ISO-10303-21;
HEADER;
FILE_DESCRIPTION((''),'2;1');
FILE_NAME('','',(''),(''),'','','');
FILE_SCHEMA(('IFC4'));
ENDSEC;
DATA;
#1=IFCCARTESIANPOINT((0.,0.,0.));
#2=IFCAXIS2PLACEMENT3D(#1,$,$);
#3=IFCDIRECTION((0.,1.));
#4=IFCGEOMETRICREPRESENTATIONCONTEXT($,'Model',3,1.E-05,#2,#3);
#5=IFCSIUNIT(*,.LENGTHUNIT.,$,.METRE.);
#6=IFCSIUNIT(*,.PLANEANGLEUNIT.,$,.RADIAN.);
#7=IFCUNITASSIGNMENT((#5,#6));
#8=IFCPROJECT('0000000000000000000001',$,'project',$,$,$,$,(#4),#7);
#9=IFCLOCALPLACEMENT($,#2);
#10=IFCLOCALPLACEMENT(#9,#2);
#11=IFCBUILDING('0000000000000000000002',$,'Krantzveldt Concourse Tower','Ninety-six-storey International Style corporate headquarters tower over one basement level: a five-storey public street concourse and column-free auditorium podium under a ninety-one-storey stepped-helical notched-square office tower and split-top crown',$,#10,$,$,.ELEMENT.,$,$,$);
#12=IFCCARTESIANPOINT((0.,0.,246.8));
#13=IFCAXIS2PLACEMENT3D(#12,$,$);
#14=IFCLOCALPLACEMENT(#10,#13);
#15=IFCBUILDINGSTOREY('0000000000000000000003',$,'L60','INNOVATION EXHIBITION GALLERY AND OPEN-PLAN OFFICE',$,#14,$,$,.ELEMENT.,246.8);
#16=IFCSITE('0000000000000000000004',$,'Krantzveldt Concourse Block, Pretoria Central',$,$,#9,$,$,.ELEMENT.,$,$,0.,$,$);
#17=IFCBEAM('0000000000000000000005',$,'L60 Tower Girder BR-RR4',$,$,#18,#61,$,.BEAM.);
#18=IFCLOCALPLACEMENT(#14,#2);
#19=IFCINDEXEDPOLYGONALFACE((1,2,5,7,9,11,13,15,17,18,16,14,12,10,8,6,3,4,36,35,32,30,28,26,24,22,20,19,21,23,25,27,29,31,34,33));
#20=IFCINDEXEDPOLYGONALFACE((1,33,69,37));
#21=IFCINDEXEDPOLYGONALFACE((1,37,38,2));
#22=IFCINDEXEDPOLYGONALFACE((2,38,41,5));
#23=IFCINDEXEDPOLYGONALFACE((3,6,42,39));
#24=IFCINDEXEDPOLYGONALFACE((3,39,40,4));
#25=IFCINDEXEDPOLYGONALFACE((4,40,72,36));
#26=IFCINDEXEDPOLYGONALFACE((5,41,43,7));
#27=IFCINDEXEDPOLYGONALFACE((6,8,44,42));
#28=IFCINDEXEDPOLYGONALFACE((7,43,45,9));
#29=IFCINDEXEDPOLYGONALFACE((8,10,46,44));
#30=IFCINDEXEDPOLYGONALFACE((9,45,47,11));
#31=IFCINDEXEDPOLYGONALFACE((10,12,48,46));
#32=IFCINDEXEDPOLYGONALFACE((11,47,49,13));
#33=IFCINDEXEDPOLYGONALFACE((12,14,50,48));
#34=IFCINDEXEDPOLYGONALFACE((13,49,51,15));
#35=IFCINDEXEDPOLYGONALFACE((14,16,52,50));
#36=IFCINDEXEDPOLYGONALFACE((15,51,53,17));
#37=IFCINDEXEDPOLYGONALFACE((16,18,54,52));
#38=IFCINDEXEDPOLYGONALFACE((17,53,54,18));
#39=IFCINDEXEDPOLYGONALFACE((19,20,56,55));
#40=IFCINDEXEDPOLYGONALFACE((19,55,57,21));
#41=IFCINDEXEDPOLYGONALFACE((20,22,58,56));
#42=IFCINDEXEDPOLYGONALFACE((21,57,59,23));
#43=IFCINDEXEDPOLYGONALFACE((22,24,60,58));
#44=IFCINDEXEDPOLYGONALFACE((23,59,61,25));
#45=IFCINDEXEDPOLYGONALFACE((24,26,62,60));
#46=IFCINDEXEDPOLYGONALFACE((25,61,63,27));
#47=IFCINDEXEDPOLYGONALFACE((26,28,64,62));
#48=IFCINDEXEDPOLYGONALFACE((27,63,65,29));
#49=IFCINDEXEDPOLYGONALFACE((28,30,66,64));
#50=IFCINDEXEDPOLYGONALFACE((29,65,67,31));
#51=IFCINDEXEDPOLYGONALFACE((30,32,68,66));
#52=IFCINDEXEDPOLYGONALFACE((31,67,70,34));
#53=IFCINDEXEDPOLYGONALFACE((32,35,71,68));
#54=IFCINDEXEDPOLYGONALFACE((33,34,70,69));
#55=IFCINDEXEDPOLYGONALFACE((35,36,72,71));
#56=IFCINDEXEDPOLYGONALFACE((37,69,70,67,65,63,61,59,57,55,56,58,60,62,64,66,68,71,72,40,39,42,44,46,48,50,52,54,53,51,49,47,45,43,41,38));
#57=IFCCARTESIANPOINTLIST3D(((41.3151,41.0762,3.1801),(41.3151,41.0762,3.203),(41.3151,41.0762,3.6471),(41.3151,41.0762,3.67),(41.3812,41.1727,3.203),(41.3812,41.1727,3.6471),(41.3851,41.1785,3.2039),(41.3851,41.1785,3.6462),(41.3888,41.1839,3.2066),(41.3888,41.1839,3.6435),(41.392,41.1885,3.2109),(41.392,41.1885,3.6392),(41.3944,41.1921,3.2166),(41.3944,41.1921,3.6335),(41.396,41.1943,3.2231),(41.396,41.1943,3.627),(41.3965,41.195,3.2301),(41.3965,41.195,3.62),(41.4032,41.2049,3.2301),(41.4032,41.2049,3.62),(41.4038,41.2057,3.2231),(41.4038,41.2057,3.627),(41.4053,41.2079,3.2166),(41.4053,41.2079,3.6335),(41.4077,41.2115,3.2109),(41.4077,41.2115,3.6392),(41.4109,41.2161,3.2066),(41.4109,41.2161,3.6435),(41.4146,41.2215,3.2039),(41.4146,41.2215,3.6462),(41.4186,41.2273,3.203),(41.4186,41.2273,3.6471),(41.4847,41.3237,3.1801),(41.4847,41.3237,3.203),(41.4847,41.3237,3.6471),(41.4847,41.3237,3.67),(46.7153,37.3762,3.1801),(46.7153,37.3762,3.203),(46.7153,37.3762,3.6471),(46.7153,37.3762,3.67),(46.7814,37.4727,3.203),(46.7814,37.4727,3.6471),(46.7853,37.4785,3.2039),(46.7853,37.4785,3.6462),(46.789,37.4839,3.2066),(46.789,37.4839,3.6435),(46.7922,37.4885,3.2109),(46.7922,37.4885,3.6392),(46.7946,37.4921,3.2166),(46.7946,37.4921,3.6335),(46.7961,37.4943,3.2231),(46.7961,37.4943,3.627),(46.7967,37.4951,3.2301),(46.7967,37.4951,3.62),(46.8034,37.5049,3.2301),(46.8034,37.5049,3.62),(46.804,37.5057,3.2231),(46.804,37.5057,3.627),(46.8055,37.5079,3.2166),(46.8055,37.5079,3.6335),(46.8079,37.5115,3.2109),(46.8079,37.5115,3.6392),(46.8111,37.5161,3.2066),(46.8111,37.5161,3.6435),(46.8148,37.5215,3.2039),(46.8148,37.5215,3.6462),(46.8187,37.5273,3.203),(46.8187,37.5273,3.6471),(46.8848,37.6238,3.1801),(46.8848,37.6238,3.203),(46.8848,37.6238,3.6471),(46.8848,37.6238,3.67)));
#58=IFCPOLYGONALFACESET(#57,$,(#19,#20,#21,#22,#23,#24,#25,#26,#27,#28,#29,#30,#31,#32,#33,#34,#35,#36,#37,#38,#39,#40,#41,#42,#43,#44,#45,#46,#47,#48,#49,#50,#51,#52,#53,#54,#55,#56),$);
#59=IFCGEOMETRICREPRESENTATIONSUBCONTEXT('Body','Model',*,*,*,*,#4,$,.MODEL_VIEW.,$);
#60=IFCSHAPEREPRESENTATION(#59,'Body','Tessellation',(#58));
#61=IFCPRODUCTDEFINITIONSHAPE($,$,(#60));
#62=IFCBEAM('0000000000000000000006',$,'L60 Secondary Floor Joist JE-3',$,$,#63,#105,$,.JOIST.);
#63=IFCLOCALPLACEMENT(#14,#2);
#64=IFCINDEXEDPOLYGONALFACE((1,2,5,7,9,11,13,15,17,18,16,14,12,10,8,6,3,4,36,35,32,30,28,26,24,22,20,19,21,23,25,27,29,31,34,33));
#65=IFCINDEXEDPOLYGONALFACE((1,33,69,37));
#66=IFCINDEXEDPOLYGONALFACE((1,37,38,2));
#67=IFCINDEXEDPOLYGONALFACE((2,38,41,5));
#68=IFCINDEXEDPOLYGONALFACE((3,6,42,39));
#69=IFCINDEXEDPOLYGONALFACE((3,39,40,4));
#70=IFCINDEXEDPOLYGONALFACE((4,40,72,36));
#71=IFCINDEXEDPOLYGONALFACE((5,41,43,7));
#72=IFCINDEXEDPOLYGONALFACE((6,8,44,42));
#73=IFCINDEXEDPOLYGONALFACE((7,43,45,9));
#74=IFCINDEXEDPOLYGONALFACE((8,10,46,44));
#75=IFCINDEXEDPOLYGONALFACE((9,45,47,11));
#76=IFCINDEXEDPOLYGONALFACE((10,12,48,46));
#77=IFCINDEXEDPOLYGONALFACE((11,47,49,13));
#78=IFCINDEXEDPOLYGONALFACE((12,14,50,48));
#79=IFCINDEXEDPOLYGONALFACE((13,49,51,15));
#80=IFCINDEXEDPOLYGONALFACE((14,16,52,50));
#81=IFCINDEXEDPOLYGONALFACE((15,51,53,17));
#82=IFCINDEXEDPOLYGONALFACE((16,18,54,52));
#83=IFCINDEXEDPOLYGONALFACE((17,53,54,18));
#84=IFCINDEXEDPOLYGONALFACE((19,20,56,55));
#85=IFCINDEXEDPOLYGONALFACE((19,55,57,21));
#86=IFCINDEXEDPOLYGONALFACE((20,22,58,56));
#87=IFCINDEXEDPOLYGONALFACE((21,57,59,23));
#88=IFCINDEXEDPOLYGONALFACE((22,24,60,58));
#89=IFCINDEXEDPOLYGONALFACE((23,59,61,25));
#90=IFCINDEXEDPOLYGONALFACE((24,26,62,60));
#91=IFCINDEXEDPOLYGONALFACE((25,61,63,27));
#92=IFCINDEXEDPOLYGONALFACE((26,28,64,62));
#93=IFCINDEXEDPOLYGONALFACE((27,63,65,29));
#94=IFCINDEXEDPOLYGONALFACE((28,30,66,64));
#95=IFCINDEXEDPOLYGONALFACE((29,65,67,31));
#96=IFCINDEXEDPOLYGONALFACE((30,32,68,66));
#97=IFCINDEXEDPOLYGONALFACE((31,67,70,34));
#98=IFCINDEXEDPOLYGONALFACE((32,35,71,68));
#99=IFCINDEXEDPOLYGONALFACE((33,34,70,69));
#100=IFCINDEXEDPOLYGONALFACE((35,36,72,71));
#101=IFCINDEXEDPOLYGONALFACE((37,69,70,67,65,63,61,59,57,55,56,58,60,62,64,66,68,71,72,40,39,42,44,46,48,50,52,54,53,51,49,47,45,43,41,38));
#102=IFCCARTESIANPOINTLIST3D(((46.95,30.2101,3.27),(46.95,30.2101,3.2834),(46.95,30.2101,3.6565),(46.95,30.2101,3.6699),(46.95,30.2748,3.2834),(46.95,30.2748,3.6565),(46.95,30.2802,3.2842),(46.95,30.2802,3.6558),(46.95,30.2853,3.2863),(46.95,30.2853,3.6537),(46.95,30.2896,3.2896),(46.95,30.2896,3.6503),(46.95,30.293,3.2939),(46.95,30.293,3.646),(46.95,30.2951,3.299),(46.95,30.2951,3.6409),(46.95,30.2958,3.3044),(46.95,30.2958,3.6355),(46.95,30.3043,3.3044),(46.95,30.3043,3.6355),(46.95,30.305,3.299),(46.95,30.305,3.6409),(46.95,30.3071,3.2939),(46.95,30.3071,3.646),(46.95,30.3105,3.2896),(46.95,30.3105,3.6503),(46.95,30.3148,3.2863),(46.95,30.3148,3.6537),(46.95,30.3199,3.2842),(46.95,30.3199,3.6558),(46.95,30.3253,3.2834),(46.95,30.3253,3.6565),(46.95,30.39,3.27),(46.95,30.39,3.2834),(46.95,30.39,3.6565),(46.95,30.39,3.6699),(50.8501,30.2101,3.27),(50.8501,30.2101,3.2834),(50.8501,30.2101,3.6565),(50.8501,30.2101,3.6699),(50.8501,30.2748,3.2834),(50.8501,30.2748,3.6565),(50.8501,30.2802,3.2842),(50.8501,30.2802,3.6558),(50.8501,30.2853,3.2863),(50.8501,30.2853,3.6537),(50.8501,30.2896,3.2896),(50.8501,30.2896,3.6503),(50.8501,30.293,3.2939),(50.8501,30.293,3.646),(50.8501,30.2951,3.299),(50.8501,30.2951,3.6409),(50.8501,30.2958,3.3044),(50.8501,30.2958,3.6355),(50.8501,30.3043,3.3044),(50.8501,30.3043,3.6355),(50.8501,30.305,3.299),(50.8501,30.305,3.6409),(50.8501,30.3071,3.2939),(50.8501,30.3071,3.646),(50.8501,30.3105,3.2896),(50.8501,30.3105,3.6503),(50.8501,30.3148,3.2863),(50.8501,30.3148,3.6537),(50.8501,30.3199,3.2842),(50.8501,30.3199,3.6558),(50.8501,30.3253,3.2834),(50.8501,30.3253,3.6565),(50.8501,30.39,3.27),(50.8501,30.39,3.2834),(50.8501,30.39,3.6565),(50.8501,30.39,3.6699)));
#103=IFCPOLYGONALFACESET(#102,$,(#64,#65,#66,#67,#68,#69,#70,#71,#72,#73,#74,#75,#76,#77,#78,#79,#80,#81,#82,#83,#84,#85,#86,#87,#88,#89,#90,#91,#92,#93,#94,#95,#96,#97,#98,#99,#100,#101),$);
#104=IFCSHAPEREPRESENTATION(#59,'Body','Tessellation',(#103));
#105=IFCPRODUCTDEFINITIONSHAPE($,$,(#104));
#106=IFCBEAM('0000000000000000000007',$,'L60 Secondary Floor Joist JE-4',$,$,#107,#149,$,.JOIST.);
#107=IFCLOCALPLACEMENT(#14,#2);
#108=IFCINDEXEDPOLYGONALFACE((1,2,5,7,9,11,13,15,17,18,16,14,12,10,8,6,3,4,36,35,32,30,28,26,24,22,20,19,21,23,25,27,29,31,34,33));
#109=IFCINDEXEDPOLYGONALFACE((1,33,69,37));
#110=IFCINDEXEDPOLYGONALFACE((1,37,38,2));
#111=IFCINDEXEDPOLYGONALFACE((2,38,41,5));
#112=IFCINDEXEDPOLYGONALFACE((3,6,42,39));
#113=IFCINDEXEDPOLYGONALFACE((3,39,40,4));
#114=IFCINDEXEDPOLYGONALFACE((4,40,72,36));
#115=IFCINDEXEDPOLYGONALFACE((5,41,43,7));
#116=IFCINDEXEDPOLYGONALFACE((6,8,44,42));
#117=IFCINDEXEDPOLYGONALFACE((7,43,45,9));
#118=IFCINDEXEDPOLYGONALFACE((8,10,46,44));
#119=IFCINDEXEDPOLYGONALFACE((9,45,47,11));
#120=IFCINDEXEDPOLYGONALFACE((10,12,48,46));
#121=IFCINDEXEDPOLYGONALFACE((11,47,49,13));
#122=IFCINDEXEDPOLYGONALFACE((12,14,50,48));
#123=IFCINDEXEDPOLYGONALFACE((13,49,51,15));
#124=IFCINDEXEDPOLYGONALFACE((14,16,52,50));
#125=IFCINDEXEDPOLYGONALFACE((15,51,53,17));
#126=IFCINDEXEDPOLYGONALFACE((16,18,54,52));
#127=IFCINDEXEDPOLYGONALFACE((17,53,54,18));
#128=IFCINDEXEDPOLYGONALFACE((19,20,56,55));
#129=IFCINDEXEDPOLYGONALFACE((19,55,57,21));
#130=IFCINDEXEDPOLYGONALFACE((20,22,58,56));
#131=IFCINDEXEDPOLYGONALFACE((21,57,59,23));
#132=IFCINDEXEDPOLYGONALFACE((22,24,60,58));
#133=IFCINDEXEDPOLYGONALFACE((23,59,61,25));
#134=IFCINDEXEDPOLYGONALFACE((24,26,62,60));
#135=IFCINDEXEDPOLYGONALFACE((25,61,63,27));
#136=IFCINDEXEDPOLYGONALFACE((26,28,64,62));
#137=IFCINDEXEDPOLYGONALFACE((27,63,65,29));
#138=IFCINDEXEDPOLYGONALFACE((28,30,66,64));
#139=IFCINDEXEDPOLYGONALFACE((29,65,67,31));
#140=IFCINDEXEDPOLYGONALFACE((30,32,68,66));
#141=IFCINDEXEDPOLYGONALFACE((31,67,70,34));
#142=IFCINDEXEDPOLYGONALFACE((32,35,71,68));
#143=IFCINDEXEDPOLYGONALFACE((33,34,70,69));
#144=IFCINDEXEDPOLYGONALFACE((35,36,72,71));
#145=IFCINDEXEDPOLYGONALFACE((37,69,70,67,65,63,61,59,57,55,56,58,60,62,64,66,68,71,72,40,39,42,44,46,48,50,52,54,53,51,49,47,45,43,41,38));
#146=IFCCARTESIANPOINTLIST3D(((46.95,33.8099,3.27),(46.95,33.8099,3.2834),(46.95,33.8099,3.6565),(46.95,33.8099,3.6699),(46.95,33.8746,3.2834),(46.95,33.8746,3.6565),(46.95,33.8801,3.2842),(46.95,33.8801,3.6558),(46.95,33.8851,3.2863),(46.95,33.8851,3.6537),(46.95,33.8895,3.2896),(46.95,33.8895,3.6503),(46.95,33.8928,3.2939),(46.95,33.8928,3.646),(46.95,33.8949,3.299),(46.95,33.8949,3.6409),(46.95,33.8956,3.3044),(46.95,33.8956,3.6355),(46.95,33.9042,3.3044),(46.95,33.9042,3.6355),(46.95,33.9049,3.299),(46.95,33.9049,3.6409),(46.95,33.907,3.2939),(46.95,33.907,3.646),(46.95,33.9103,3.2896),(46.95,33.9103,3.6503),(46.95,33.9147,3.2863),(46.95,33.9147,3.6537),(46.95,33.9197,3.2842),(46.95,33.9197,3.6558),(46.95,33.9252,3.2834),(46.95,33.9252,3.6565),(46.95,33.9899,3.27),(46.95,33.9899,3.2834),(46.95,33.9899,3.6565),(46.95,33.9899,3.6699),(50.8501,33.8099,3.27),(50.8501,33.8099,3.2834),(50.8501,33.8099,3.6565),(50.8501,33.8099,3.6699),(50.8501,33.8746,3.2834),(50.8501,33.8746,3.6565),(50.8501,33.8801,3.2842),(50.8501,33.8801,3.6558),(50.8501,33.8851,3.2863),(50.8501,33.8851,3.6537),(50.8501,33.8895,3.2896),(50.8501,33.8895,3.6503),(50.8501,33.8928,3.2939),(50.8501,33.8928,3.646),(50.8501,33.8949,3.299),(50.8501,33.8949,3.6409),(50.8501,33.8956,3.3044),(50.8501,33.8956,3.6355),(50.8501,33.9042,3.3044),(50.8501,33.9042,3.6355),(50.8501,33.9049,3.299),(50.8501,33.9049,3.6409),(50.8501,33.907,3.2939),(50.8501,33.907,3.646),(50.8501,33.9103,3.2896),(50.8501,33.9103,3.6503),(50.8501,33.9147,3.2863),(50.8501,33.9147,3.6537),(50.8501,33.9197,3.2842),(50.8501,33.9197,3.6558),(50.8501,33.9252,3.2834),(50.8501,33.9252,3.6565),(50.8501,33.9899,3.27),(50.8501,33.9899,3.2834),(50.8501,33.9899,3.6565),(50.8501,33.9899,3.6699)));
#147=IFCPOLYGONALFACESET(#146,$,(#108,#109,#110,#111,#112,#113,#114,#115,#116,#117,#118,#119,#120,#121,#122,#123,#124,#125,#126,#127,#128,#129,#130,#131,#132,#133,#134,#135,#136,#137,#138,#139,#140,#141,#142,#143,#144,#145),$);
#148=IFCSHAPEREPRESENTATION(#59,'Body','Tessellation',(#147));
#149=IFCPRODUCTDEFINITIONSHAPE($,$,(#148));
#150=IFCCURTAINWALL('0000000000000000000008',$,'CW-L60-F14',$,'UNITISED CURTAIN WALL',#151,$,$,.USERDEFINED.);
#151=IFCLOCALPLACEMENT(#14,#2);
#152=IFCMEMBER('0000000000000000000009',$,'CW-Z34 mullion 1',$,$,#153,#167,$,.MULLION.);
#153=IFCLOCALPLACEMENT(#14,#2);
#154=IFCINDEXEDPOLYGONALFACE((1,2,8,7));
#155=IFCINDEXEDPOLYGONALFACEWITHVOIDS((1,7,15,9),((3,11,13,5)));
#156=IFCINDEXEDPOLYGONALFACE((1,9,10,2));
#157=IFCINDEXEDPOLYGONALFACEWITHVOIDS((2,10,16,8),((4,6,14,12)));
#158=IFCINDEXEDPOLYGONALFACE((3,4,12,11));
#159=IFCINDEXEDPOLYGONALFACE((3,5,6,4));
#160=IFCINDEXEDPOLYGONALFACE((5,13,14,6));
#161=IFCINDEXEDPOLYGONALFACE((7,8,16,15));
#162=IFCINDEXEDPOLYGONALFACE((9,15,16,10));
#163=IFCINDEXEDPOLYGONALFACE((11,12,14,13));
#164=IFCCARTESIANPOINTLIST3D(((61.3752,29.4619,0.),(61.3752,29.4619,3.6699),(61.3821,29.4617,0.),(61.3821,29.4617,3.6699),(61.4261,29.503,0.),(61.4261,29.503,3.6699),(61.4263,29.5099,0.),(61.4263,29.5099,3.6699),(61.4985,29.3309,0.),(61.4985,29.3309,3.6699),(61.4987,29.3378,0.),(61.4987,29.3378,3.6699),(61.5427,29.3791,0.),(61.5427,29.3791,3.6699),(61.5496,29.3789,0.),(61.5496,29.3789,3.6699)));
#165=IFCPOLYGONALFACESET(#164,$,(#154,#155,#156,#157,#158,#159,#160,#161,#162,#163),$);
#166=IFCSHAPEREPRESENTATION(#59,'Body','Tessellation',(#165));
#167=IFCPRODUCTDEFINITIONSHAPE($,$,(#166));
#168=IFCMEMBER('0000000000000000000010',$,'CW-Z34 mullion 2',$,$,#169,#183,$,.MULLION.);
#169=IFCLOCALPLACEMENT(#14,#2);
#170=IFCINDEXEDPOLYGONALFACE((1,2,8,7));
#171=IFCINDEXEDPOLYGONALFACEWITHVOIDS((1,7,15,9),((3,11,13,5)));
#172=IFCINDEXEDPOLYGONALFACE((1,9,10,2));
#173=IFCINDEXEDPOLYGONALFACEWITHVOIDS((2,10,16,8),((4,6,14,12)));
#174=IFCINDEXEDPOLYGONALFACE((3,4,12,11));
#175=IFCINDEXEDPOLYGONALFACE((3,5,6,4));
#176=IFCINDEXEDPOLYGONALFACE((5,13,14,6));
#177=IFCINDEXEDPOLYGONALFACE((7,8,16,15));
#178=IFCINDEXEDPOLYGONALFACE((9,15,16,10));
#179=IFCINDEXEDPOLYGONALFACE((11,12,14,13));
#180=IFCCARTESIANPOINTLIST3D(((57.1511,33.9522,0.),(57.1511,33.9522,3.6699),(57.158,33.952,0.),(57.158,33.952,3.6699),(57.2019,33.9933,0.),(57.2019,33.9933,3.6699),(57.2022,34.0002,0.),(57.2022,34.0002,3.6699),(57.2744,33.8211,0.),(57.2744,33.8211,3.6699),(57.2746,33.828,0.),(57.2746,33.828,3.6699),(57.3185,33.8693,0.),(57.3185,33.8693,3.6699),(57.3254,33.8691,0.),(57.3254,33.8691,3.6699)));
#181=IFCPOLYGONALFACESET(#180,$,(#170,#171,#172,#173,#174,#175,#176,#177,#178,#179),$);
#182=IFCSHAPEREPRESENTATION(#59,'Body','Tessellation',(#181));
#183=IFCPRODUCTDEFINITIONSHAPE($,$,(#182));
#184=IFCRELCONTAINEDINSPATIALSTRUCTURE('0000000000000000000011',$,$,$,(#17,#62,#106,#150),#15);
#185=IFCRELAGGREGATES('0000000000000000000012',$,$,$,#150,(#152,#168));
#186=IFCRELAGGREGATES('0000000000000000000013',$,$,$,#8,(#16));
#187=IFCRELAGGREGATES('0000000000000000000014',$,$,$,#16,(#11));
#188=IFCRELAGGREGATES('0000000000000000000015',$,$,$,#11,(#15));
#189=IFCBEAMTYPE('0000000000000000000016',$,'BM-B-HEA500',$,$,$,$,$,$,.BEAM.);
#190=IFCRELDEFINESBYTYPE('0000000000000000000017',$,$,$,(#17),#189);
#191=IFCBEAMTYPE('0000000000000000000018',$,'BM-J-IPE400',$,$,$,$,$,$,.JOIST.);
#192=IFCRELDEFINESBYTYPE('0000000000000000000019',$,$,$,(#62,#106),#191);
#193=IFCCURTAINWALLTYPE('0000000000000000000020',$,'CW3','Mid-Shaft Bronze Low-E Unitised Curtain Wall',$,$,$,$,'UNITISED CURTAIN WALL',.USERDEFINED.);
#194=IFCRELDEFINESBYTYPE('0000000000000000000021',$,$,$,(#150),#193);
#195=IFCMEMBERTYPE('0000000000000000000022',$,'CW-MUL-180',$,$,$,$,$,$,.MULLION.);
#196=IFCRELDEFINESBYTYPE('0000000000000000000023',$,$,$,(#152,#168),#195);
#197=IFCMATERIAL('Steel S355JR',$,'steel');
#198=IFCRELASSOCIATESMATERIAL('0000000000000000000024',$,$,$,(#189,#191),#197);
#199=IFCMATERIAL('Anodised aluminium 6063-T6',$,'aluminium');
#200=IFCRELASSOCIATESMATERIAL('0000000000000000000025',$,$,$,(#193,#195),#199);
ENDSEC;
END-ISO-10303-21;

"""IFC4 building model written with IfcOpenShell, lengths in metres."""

from ifc_helpers import new_model, si_unit, direction, frame, origin, origin_2d, place, context, subcontext, project, spatial, hollow_rectangle, i_section, extrude, source, transform, mapped, material, material_profile, profile_set, type_object, type_shapes, element, aggregate, save


model = new_model("IFC4")

# Units and contexts
model_context = context("Model", 3, precision=1e-05, world=origin(), true_north=direction((0.0, 1.0)))
body_context = subcontext(model_context, "Body", "Model", "MODEL_VIEW")
ifc_project = project(units=[si_unit("LENGTHUNIT", "METRE"), si_unit("PLANEANGLEUNIT", "RADIAN")], contexts=[model_context])

# Site, building, storey
site_placement = place(None, origin())
site = spatial("IfcSite", under=ifc_project, at=site_placement, Name="Krantzveldt Concourse Block, Pretoria Central", CompositionType="ELEMENT", RefElevation=0.0)
building_placement = place(site_placement, origin())
building = spatial("IfcBuilding", under=site, at=building_placement, Name="Krantzveldt Concourse Tower", Description="Ninety-six-storey International Style corporate headquarters tower over one basement level: a five-storey public street concourse and column-free auditorium podium under a ninety-one-storey stepped-helical notched-square office tower and split-top crown", CompositionType="ELEMENT")
storey_placement = place(building_placement, frame((0.0, 0.0, 246.8)))
storey = spatial("IfcBuildingStorey", under=building, at=storey_placement, Name="L60", Description="INNOVATION EXHIBITION GALLERY AND OPEN-PLAN OFFICE", CompositionType="ELEMENT", Elevation=246.8)

# Beams
ifc_material_1 = material(Name="Steel S355JR", Category="steel")
ifc_material_profile_1 = material_profile(ifc_material_1, i_section(OverallWidth=0.3, OverallDepth=0.49, WebThickness=0.012, FlangeThickness=0.0229, FilletRadius=0.0271, at=origin_2d()), Name="Steel S355JR", Category="steel")
ifc_profile_set_1 = profile_set([ifc_material_profile_1], Name="Steel S355JR - HEA 500")
beam_type_1 = type_object("IfcBeamType", Name="BM-B-HEA500", PredefinedType="BEAM", material=ifc_profile_set_1)
shared_shape_1 = source(origin(), body_context, "Body", "SweptSolid", [
    extrude(i_section(OverallWidth=0.3, OverallDepth=0.49, WebThickness=0.012, FlangeThickness=0.0229, FilletRadius=0.0271, at=origin_2d()), origin(), (0.0, 0.0, 1.0), 6.5461),
])
beam_1_placement = place(storey_placement, frame((46.8, 37.5, 3.425), z_axis=(-0.824943, 0.565216, 0.0), x_axis=(-0.565216, -0.824943, 0.0)))
element("IfcBeam", 1, at=beam_1_placement, inside=storey, type_object=beam_type_1, Name="L60 Tower Girder BR-RR4", PredefinedType="BEAM", context=body_context, shape_type="MappedRepresentation", body=[
    mapped(shared_shape_1, transform((0.0, 0.0, 0.0), x_axis=(1.0, 0.0, 0.0), y_axis=(0.0, 1.0, 0.0), z_axis=(0.0, 0.0, 1.0), scale=1.0)),
])
ifc_material_profile_2 = material_profile(ifc_material_1, i_section(OverallWidth=0.1799, OverallDepth=0.3999, WebThickness=0.0085, FlangeThickness=0.0134, FilletRadius=0.021, at=origin_2d()), Name="Steel S355JR", Category="steel")
ifc_profile_set_2 = profile_set([ifc_material_profile_2], Name="Steel S355JR - IPE 400")
beam_type_2 = type_object("IfcBeamType", Name="BM-J-IPE400", PredefinedType="JOIST", material=ifc_profile_set_2)
shared_shape_2 = source(origin(), body_context, "Body", "SweptSolid", [
    extrude(i_section(OverallWidth=0.1799, OverallDepth=0.3999, WebThickness=0.0085, FlangeThickness=0.0134, FilletRadius=0.021, at=origin_2d()), origin(), (0.0, 0.0, 1.0), 3.9001),
])
type_shapes(beam_type_2, [shared_shape_2])
for number, where, z_axis, x_axis, name in (
    (2, (46.95, 30.3, 3.47), (1.0, 0.0, 0.0), (0.0, 1.0, 0.0), "L60 Secondary Floor Joist JE-3"),
    (3, (46.95, 33.8999, 3.47), (1.0, 0.0, 0.0), (0.0, 1.0, 0.0), "L60 Secondary Floor Joist JE-4"),
):
    element("IfcBeam", number, at=place(storey_placement, frame(where, z_axis=z_axis, x_axis=x_axis)), inside=storey, type_object=beam_type_2, Name=name, PredefinedType="JOIST", context=body_context, shape_type="MappedRepresentation", body=[
        mapped(shared_shape_2, transform((0.0, 0.0, 0.0), x_axis=(1.0, 0.0, 0.0), y_axis=(0.0, 1.0, 0.0), z_axis=(0.0, 0.0, 1.0), scale=1.0)),
    ])

# Curtain wall, members
ifc_material_2 = material(Name="Anodised aluminium 6063-T6", Category="aluminium")
curtain_wall_type = type_object("IfcCurtainWallType", Name="CW3", Description="Mid-Shaft Bronze Low-E Unitised Curtain Wall", ElementType="UNITISED CURTAIN WALL", PredefinedType="USERDEFINED", material=ifc_material_2)
curtain_wall_placement = place(storey_placement, origin())
curtain_wall = element("IfcCurtainWall", 4, at=curtain_wall_placement, inside=storey, type_object=curtain_wall_type, Name="CW-L60-F14", ObjectType="UNITISED CURTAIN WALL", PredefinedType="USERDEFINED")
ifc_material_profile_3 = material_profile(ifc_material_2, hollow_rectangle(XDim=0.0701, YDim=0.1799, WallThickness=0.0049, at=origin_2d()), Name="Anodised aluminium 6063-T6", Category="aluminium")
ifc_profile_set_3 = profile_set([ifc_material_profile_3], Name="Anodised aluminium 6063-T6 - ALU-MULL 180x70x5")
member_type_1 = type_object("IfcMemberType", Name="CW-MUL-180", PredefinedType="MULLION", material=ifc_profile_set_3)
shared_shape_3 = source(origin(), body_context, "Body", "SweptSolid", [
    extrude(hollow_rectangle(XDim=0.0701, YDim=0.1799, WallThickness=0.0049, at=origin_2d()), origin(), (0.0, 0.0, 1.0), 3.6699),
])
type_shapes(member_type_1, [shared_shape_3])
member_1_placement = place(storey_placement, frame((61.4624, 29.4204, 0.0), z_axis=(0.0, 0.0, 1.0), x_axis=(-0.728371, -0.685183, 0.0)))
member_1 = element("IfcMember", 5, at=member_1_placement, type_object=member_type_1, Name="CW-Z34 mullion 1", PredefinedType="MULLION", context=body_context, shape_type="MappedRepresentation", body=[
    mapped(shared_shape_3, transform((0.0, 0.0, 0.0), x_axis=(1.0, 0.0, 0.0), y_axis=(0.0, 1.0, 0.0), z_axis=(0.0, 0.0, 1.0), scale=1.0)),
])
member_2_placement = place(storey_placement, frame((57.2383, 33.9106, 0.0), z_axis=(0.0, 0.0, 1.0), x_axis=(-0.728371, -0.685183, 0.0)))
member_2 = element("IfcMember", 6, at=member_2_placement, type_object=member_type_1, Name="CW-Z34 mullion 2", PredefinedType="MULLION", context=body_context, shape_type="MappedRepresentation", body=[
    mapped(shared_shape_3, transform((0.0, 0.0, 0.0), x_axis=(1.0, 0.0, 0.0), y_axis=(0.0, 1.0, 0.0), z_axis=(0.0, 0.0, 1.0), scale=1.0)),
])
aggregate(curtain_wall, [member_1, member_2])

save(model, "model.ifc")
